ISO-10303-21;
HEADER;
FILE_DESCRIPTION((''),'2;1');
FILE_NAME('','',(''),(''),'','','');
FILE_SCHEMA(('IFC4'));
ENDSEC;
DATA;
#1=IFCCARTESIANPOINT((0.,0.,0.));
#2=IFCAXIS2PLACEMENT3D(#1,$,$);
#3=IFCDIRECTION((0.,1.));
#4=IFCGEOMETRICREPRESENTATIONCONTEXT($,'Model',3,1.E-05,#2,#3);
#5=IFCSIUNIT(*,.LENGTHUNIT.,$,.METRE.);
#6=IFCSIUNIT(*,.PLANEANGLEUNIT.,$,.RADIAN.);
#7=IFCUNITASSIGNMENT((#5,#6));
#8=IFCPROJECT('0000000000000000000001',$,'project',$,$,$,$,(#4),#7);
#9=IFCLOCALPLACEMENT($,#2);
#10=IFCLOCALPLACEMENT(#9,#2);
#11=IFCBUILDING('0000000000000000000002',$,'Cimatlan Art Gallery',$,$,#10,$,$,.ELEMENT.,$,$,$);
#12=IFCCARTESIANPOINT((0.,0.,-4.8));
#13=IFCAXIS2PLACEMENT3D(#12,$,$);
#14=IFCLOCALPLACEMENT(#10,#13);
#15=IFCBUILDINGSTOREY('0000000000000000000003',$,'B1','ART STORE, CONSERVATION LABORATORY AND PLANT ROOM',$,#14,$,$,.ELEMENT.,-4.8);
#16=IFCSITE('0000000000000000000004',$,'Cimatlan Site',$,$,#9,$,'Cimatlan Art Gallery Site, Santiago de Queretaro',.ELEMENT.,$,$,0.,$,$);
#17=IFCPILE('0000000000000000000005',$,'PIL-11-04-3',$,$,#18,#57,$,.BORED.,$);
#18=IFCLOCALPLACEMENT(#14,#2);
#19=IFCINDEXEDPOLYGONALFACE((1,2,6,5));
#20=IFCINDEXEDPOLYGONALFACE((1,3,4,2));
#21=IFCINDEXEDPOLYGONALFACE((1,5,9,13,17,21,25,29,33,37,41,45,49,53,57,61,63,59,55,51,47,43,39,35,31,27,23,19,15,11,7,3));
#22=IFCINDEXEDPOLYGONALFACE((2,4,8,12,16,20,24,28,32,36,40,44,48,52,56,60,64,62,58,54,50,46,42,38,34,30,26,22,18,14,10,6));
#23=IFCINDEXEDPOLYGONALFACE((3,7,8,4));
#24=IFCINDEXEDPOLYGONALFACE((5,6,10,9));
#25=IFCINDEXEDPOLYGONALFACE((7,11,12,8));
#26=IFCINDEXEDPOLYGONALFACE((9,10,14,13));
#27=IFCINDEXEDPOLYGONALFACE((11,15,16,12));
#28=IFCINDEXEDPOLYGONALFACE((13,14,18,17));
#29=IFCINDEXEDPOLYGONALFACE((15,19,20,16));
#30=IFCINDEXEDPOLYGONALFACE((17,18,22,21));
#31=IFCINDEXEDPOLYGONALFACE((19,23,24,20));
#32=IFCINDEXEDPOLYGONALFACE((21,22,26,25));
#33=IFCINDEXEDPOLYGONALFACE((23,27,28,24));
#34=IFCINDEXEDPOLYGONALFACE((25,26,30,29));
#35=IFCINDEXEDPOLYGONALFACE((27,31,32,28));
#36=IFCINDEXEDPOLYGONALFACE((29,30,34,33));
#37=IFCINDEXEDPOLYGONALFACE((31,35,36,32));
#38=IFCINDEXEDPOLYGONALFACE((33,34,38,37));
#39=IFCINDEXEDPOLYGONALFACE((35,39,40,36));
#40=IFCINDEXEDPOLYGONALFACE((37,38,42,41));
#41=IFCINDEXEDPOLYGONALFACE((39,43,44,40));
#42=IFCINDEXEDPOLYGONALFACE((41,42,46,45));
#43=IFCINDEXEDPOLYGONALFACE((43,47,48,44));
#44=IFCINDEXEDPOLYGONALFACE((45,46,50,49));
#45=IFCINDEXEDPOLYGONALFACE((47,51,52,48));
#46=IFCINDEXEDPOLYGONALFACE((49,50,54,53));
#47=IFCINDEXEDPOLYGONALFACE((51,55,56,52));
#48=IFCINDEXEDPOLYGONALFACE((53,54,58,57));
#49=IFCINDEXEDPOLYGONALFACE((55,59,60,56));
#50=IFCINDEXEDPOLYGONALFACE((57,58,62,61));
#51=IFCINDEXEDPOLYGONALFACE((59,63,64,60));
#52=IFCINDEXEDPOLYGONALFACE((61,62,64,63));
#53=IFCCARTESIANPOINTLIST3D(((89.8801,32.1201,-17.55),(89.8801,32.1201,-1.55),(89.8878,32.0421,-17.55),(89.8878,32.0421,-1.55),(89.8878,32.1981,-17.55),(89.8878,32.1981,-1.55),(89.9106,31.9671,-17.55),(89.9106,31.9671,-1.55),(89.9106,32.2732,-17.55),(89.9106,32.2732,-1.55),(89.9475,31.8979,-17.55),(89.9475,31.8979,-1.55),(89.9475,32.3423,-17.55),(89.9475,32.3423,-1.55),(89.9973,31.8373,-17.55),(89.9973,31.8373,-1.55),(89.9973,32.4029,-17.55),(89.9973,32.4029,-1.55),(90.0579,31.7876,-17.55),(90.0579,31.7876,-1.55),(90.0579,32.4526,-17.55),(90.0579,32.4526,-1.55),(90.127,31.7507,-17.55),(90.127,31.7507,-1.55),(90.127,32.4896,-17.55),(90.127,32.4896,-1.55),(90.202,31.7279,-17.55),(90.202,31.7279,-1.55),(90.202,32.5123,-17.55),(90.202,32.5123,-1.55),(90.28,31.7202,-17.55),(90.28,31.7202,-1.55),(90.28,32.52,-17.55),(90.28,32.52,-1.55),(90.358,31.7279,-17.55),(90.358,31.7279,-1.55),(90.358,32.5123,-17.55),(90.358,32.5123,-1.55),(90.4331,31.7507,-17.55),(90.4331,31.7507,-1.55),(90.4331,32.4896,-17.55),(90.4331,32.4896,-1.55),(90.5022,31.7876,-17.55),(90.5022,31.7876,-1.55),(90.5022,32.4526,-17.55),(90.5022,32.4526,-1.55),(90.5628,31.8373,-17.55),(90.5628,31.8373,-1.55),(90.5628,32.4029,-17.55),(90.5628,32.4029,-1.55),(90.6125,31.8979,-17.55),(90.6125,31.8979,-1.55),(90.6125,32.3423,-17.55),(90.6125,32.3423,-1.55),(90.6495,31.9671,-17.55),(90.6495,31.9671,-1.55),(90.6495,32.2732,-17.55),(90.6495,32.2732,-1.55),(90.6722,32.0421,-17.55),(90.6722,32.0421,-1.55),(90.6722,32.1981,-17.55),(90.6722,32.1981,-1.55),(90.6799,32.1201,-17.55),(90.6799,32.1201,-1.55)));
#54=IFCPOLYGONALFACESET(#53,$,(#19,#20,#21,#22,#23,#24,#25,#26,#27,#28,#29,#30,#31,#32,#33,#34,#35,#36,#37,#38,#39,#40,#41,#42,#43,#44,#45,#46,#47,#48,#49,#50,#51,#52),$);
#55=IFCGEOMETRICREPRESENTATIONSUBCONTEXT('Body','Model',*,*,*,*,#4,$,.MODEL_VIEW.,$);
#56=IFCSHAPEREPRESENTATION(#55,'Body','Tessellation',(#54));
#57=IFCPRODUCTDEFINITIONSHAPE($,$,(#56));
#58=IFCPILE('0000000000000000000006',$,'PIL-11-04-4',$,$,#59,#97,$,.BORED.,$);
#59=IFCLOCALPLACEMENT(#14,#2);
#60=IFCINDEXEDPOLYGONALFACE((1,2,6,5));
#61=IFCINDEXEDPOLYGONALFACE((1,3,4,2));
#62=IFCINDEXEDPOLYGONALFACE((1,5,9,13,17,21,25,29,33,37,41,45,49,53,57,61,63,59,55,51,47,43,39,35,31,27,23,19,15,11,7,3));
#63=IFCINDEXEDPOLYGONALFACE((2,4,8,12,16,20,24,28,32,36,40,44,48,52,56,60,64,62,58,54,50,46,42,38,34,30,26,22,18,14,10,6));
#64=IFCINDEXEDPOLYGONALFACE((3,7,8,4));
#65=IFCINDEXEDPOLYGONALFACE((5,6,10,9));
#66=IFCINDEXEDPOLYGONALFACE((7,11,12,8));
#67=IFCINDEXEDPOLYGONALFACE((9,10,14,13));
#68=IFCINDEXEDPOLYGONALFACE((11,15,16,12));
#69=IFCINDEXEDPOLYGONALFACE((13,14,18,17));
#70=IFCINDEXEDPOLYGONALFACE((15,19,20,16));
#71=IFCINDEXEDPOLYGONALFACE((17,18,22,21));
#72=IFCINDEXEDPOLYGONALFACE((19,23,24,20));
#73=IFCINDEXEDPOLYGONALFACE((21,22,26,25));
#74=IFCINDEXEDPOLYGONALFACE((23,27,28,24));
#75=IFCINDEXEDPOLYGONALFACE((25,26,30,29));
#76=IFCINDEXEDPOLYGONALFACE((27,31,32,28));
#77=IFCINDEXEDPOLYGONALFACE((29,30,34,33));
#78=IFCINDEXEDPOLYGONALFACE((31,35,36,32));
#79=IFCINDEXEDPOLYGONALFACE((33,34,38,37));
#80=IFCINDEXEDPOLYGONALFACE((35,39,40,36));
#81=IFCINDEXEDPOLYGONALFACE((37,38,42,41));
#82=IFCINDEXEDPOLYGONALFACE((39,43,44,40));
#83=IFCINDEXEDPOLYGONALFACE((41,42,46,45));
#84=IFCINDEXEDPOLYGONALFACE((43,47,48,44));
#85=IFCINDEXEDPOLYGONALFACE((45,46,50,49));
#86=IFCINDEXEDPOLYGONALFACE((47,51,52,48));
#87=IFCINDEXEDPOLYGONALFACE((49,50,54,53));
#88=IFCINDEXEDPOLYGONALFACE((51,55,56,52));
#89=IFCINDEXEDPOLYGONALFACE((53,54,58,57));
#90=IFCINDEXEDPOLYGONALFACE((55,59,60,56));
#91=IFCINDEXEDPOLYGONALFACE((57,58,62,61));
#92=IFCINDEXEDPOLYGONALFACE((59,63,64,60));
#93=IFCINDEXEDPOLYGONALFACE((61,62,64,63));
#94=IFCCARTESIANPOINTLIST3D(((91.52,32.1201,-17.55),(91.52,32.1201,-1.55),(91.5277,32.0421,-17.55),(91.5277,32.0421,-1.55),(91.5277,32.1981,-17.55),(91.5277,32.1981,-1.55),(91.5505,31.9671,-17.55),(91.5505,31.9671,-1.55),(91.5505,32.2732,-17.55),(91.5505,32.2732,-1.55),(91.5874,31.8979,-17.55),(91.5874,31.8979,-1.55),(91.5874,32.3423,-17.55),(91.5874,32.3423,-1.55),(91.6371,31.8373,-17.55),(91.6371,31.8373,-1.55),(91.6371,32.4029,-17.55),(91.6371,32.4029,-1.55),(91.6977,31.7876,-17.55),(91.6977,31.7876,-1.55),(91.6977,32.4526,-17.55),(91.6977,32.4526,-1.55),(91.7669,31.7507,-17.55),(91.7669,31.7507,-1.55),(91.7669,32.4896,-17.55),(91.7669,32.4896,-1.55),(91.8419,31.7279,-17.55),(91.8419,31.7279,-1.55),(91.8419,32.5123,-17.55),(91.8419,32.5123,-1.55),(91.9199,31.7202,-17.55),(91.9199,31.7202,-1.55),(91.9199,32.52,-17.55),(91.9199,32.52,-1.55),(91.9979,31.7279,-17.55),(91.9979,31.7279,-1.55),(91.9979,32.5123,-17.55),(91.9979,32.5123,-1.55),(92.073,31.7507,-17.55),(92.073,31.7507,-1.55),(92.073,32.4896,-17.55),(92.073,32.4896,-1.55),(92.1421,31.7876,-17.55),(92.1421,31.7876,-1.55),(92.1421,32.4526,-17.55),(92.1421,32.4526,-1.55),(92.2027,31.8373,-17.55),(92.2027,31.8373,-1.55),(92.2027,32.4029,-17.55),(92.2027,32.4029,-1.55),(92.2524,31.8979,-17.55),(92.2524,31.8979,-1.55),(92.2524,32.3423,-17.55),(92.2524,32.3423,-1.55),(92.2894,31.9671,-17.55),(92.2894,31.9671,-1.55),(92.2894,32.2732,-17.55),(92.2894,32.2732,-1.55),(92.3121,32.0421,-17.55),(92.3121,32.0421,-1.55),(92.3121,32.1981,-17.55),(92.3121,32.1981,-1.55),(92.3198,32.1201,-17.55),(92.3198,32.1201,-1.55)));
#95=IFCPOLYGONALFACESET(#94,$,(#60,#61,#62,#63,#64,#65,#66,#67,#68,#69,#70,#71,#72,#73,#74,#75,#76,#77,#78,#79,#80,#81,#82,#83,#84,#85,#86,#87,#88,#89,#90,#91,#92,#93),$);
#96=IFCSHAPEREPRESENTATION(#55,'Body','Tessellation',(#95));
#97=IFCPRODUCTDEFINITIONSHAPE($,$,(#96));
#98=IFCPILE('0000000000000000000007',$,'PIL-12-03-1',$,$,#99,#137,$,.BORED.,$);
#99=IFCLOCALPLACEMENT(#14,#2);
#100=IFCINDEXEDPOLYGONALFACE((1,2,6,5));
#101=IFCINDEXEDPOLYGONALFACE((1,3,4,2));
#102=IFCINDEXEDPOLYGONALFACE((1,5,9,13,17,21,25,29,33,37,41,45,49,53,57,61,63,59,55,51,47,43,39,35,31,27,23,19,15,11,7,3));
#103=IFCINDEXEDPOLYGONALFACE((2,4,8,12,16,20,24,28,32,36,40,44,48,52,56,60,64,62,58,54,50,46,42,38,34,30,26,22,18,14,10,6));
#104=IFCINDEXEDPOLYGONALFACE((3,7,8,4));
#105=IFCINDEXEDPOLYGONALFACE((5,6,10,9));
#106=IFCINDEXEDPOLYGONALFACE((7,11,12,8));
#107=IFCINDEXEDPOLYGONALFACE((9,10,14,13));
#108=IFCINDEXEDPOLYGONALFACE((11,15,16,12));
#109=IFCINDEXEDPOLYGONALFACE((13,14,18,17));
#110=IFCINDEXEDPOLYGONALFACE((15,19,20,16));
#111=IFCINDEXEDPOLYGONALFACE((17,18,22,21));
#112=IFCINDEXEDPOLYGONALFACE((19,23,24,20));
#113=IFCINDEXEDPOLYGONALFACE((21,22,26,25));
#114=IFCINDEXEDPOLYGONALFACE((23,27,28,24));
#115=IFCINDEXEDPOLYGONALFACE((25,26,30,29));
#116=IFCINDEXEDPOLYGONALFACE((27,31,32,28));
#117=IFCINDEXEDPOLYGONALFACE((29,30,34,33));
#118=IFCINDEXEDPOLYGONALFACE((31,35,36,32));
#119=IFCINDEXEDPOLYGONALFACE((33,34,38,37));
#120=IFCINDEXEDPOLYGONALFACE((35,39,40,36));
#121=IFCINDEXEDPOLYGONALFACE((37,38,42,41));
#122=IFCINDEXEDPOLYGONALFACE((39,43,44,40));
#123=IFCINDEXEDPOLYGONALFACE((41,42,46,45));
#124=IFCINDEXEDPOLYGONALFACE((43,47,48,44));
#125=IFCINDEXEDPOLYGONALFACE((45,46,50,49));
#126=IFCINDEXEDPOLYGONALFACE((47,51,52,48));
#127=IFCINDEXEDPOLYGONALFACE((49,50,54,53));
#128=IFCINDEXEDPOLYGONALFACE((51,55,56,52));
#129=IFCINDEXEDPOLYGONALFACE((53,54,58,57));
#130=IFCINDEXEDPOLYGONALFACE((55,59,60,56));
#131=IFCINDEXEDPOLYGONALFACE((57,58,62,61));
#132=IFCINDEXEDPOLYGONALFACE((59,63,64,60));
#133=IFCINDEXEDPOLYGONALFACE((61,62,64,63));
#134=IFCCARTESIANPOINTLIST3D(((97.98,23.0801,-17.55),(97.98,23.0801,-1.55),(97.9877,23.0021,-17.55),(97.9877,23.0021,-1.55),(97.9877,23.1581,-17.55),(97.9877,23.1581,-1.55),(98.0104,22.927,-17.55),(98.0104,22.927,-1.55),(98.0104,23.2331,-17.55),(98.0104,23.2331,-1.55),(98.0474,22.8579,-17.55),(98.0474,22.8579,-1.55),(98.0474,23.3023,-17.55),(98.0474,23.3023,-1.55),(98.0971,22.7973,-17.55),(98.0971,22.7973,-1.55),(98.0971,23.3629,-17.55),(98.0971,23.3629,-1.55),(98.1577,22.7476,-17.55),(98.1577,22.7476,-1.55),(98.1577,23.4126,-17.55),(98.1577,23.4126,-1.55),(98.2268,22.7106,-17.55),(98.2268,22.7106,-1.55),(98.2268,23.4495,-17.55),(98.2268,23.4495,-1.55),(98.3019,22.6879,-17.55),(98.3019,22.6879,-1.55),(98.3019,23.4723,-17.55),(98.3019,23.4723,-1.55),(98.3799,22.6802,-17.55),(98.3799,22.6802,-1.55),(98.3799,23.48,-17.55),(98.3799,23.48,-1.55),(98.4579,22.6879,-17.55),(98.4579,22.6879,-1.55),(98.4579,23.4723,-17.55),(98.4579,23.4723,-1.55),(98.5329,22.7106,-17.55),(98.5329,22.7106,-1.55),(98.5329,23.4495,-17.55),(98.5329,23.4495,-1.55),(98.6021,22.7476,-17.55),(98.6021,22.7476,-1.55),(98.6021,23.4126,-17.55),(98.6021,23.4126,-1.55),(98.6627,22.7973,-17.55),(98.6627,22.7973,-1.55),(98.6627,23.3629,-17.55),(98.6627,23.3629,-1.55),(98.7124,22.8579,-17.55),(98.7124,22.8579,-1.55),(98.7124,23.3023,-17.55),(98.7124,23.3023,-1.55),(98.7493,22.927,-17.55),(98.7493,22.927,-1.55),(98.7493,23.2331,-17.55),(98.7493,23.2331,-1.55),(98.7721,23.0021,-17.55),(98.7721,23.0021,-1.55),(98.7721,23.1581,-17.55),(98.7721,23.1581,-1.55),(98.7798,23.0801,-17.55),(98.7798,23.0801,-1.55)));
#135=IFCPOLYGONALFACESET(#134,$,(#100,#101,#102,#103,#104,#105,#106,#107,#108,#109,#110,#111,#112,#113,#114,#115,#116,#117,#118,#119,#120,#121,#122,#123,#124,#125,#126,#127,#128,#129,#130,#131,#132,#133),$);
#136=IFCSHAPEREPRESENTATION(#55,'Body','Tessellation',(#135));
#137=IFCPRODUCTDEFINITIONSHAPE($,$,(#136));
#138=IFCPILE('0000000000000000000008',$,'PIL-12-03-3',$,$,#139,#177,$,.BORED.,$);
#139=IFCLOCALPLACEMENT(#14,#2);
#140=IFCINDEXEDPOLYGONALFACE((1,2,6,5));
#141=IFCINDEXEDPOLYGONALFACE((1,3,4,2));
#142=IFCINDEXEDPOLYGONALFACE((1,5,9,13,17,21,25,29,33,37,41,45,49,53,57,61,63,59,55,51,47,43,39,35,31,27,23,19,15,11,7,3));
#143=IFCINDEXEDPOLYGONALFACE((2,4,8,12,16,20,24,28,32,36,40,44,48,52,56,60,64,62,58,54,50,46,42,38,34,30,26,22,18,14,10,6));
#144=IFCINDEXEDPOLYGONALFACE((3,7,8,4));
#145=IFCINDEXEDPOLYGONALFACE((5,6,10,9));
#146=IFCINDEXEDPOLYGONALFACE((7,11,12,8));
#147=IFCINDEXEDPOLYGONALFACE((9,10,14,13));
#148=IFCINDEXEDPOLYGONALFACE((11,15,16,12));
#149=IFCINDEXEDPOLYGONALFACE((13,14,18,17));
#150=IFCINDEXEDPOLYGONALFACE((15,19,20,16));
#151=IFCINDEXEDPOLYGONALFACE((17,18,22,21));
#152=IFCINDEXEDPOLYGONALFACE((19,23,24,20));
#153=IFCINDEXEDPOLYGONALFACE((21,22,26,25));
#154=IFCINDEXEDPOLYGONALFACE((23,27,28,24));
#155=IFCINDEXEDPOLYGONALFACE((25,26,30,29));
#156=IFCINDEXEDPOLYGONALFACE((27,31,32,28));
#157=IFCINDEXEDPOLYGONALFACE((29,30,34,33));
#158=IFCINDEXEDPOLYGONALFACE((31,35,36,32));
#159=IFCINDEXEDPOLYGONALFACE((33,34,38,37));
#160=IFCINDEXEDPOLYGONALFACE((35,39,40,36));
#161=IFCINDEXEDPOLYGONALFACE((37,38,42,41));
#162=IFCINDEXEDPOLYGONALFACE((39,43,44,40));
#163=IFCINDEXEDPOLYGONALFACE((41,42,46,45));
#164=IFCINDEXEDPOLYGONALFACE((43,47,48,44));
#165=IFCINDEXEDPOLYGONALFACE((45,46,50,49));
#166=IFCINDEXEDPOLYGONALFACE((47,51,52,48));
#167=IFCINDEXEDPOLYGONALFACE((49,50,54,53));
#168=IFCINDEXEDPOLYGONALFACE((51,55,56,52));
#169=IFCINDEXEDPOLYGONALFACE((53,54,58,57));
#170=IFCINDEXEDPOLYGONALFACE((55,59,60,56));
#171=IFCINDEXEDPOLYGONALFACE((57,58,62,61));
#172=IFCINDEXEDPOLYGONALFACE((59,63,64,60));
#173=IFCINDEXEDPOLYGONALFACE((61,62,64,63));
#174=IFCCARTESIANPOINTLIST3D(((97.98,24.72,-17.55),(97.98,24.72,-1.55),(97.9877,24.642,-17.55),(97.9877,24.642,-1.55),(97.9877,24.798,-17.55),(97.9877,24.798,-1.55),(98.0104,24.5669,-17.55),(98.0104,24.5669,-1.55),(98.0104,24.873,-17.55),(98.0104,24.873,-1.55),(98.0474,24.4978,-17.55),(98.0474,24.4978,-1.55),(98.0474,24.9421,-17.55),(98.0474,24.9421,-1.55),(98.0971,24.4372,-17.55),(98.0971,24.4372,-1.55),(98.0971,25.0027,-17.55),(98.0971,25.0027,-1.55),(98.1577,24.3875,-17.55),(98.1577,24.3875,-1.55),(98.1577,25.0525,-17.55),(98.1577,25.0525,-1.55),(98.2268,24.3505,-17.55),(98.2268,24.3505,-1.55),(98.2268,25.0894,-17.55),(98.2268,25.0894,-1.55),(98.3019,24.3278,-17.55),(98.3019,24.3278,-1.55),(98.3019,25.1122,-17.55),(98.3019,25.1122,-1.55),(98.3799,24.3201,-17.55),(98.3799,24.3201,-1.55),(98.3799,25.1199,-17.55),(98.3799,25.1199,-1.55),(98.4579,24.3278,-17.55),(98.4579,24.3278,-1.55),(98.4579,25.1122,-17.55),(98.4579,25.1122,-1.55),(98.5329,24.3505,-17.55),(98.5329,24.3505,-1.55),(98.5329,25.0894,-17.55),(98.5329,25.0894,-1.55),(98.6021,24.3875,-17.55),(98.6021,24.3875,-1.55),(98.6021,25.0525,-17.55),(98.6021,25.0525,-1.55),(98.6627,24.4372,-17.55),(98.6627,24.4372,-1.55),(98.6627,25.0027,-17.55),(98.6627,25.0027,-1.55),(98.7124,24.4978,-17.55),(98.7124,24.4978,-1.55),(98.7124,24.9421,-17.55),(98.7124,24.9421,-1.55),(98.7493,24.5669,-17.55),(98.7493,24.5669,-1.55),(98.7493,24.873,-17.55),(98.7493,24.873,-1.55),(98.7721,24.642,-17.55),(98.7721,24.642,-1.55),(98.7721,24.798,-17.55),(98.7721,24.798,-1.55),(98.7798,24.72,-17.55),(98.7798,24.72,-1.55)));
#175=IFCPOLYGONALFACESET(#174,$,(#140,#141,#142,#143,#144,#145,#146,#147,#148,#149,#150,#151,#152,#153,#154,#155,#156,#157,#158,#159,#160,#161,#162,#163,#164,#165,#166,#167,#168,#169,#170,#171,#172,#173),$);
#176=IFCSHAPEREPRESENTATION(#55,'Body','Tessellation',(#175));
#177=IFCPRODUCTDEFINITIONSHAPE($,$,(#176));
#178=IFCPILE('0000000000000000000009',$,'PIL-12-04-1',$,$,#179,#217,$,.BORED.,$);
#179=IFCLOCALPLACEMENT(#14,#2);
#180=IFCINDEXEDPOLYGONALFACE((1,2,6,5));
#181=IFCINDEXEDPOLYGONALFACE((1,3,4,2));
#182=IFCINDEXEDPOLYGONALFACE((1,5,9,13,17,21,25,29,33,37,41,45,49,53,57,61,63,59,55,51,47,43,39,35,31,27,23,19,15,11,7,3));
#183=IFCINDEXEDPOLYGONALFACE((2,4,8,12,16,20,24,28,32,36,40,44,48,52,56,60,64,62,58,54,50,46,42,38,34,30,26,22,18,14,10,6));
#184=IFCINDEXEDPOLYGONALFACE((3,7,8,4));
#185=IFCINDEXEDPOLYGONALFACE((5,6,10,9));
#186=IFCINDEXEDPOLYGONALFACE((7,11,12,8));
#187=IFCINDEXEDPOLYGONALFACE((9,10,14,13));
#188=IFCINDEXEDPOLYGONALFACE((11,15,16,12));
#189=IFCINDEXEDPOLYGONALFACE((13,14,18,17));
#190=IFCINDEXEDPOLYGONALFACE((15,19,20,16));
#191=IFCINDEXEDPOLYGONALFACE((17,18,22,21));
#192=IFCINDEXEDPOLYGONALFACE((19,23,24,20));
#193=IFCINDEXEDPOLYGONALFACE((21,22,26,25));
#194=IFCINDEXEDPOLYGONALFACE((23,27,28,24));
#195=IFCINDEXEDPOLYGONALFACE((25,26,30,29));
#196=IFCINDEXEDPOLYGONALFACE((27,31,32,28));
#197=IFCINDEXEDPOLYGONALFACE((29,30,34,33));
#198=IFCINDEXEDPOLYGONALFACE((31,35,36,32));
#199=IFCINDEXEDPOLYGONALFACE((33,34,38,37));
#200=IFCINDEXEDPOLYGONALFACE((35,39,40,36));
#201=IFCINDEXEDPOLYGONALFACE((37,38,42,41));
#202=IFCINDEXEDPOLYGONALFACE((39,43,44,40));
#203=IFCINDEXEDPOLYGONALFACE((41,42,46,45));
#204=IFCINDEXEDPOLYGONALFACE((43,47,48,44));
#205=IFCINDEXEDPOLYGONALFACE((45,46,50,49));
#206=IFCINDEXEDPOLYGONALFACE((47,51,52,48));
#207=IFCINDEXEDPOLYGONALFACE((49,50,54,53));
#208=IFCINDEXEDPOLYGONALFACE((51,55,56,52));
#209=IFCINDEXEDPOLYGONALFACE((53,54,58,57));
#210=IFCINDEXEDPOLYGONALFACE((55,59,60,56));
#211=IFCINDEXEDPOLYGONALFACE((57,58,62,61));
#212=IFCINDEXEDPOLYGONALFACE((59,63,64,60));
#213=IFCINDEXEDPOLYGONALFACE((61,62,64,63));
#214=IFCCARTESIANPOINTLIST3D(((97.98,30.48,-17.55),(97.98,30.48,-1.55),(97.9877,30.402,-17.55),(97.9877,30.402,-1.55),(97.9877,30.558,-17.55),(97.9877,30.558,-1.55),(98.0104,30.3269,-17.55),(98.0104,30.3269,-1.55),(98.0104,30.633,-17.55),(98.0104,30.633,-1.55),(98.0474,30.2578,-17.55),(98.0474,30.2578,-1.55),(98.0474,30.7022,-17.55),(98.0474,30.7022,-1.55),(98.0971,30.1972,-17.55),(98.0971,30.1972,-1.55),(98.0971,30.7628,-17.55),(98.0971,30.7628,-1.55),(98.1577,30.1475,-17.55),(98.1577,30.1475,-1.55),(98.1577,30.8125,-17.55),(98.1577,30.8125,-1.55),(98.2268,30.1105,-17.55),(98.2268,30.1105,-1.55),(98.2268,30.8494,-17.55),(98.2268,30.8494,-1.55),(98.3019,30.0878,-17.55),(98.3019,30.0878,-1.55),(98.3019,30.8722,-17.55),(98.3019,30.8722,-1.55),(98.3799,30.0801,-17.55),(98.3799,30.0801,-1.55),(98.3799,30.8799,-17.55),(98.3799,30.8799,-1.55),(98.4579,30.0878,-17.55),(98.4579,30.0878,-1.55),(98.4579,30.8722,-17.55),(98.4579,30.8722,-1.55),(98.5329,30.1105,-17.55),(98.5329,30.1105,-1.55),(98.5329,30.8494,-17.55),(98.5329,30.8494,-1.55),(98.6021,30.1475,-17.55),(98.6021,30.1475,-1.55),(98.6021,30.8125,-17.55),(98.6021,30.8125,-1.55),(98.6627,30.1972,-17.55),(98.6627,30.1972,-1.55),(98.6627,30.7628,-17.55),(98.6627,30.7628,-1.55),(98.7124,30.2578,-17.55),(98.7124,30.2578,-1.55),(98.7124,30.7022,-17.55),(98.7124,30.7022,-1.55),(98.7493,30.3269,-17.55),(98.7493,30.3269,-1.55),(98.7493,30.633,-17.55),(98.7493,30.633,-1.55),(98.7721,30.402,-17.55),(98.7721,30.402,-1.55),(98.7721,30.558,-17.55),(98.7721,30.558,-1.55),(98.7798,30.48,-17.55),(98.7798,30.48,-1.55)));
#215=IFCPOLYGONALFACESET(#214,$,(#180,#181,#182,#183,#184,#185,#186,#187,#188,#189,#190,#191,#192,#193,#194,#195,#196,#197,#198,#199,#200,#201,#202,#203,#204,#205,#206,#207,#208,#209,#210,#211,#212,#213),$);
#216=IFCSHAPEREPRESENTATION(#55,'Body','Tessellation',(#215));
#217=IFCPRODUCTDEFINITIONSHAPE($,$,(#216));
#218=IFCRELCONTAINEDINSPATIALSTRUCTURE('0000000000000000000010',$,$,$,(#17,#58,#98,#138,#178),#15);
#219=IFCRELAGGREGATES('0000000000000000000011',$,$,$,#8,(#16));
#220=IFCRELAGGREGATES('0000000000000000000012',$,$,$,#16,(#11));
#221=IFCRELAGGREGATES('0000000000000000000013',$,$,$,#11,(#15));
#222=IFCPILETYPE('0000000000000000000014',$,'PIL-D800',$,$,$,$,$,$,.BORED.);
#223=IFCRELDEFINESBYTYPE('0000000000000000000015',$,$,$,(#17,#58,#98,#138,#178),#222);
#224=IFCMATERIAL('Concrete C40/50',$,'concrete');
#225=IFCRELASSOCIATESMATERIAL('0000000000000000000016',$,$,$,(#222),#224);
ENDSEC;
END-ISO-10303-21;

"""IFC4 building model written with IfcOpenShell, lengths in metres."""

from ifc_helpers import new_model, si_unit, direction, frame, origin, origin_2d, place, context, subcontext, project, spatial, circle, extrude, material, type_object, element, save


model = new_model("IFC4")

# Units and contexts
model_context = context("Model", 3, precision=1e-05, world=origin(), true_north=direction((0.0, 1.0)))
body_context = subcontext(model_context, "Body", "Model", "MODEL_VIEW")
ifc_project = project(units=[si_unit("LENGTHUNIT", "METRE"), si_unit("PLANEANGLEUNIT", "RADIAN")], contexts=[model_context])

# Site, building, storey
site_placement = place(None, origin())
site = spatial("IfcSite", under=ifc_project, at=site_placement, Name="Cimatlan Site", LongName="Cimatlan Art Gallery Site, Santiago de Queretaro", CompositionType="ELEMENT", RefElevation=0.0)
building_placement = place(site_placement, origin())
building = spatial("IfcBuilding", under=site, at=building_placement, Name="Cimatlan Art Gallery", CompositionType="ELEMENT")
storey_placement = place(building_placement, frame((0.0, 0.0, -4.8)))
storey = spatial("IfcBuildingStorey", under=building, at=storey_placement, Name="B1", Description="ART STORE, CONSERVATION LABORATORY AND PLANT ROOM", CompositionType="ELEMENT", Elevation=-4.8)

# Shared definitions
ifc_material_1 = material(Name="Concrete C40/50", Category="concrete")

# Piles
pile_type = type_object("IfcPileType", Name="PIL-D800", PredefinedType="BORED", material=ifc_material_1)
for number, where, z_axis, x_axis, name in (
    (1, (90.28, 32.1201, -1.55), (0.0, 0.0, -1.0), (1.0, 0.0, 0.0), "PIL-11-04-3"),
    (2, (91.9199, 32.1201, -1.55), (0.0, 0.0, -1.0), (1.0, 0.0, 0.0), "PIL-11-04-4"),
    (3, (98.3799, 23.0801, -1.55), (0.0, 0.0, -1.0), (1.0, 0.0, 0.0), "PIL-12-03-1"),
    (4, (98.3799, 24.72, -1.55), (0.0, 0.0, -1.0), (1.0, 0.0, 0.0), "PIL-12-03-3"),
    (5, (98.3799, 30.48, -1.55), (0.0, 0.0, -1.0), (1.0, 0.0, 0.0), "PIL-12-04-1"),
):
    element("IfcPile", number, at=place(storey_placement, frame(where, z_axis=z_axis, x_axis=x_axis)), inside=storey, type_object=pile_type, Name=name, PredefinedType="BORED", context=body_context, shape_type="SweptSolid", body=[
        extrude(circle(Radius=0.3999, at=origin_2d()), origin(), (0.0, 0.0, 1.0), 16.0),
    ])

save(model, "model.ifc")
